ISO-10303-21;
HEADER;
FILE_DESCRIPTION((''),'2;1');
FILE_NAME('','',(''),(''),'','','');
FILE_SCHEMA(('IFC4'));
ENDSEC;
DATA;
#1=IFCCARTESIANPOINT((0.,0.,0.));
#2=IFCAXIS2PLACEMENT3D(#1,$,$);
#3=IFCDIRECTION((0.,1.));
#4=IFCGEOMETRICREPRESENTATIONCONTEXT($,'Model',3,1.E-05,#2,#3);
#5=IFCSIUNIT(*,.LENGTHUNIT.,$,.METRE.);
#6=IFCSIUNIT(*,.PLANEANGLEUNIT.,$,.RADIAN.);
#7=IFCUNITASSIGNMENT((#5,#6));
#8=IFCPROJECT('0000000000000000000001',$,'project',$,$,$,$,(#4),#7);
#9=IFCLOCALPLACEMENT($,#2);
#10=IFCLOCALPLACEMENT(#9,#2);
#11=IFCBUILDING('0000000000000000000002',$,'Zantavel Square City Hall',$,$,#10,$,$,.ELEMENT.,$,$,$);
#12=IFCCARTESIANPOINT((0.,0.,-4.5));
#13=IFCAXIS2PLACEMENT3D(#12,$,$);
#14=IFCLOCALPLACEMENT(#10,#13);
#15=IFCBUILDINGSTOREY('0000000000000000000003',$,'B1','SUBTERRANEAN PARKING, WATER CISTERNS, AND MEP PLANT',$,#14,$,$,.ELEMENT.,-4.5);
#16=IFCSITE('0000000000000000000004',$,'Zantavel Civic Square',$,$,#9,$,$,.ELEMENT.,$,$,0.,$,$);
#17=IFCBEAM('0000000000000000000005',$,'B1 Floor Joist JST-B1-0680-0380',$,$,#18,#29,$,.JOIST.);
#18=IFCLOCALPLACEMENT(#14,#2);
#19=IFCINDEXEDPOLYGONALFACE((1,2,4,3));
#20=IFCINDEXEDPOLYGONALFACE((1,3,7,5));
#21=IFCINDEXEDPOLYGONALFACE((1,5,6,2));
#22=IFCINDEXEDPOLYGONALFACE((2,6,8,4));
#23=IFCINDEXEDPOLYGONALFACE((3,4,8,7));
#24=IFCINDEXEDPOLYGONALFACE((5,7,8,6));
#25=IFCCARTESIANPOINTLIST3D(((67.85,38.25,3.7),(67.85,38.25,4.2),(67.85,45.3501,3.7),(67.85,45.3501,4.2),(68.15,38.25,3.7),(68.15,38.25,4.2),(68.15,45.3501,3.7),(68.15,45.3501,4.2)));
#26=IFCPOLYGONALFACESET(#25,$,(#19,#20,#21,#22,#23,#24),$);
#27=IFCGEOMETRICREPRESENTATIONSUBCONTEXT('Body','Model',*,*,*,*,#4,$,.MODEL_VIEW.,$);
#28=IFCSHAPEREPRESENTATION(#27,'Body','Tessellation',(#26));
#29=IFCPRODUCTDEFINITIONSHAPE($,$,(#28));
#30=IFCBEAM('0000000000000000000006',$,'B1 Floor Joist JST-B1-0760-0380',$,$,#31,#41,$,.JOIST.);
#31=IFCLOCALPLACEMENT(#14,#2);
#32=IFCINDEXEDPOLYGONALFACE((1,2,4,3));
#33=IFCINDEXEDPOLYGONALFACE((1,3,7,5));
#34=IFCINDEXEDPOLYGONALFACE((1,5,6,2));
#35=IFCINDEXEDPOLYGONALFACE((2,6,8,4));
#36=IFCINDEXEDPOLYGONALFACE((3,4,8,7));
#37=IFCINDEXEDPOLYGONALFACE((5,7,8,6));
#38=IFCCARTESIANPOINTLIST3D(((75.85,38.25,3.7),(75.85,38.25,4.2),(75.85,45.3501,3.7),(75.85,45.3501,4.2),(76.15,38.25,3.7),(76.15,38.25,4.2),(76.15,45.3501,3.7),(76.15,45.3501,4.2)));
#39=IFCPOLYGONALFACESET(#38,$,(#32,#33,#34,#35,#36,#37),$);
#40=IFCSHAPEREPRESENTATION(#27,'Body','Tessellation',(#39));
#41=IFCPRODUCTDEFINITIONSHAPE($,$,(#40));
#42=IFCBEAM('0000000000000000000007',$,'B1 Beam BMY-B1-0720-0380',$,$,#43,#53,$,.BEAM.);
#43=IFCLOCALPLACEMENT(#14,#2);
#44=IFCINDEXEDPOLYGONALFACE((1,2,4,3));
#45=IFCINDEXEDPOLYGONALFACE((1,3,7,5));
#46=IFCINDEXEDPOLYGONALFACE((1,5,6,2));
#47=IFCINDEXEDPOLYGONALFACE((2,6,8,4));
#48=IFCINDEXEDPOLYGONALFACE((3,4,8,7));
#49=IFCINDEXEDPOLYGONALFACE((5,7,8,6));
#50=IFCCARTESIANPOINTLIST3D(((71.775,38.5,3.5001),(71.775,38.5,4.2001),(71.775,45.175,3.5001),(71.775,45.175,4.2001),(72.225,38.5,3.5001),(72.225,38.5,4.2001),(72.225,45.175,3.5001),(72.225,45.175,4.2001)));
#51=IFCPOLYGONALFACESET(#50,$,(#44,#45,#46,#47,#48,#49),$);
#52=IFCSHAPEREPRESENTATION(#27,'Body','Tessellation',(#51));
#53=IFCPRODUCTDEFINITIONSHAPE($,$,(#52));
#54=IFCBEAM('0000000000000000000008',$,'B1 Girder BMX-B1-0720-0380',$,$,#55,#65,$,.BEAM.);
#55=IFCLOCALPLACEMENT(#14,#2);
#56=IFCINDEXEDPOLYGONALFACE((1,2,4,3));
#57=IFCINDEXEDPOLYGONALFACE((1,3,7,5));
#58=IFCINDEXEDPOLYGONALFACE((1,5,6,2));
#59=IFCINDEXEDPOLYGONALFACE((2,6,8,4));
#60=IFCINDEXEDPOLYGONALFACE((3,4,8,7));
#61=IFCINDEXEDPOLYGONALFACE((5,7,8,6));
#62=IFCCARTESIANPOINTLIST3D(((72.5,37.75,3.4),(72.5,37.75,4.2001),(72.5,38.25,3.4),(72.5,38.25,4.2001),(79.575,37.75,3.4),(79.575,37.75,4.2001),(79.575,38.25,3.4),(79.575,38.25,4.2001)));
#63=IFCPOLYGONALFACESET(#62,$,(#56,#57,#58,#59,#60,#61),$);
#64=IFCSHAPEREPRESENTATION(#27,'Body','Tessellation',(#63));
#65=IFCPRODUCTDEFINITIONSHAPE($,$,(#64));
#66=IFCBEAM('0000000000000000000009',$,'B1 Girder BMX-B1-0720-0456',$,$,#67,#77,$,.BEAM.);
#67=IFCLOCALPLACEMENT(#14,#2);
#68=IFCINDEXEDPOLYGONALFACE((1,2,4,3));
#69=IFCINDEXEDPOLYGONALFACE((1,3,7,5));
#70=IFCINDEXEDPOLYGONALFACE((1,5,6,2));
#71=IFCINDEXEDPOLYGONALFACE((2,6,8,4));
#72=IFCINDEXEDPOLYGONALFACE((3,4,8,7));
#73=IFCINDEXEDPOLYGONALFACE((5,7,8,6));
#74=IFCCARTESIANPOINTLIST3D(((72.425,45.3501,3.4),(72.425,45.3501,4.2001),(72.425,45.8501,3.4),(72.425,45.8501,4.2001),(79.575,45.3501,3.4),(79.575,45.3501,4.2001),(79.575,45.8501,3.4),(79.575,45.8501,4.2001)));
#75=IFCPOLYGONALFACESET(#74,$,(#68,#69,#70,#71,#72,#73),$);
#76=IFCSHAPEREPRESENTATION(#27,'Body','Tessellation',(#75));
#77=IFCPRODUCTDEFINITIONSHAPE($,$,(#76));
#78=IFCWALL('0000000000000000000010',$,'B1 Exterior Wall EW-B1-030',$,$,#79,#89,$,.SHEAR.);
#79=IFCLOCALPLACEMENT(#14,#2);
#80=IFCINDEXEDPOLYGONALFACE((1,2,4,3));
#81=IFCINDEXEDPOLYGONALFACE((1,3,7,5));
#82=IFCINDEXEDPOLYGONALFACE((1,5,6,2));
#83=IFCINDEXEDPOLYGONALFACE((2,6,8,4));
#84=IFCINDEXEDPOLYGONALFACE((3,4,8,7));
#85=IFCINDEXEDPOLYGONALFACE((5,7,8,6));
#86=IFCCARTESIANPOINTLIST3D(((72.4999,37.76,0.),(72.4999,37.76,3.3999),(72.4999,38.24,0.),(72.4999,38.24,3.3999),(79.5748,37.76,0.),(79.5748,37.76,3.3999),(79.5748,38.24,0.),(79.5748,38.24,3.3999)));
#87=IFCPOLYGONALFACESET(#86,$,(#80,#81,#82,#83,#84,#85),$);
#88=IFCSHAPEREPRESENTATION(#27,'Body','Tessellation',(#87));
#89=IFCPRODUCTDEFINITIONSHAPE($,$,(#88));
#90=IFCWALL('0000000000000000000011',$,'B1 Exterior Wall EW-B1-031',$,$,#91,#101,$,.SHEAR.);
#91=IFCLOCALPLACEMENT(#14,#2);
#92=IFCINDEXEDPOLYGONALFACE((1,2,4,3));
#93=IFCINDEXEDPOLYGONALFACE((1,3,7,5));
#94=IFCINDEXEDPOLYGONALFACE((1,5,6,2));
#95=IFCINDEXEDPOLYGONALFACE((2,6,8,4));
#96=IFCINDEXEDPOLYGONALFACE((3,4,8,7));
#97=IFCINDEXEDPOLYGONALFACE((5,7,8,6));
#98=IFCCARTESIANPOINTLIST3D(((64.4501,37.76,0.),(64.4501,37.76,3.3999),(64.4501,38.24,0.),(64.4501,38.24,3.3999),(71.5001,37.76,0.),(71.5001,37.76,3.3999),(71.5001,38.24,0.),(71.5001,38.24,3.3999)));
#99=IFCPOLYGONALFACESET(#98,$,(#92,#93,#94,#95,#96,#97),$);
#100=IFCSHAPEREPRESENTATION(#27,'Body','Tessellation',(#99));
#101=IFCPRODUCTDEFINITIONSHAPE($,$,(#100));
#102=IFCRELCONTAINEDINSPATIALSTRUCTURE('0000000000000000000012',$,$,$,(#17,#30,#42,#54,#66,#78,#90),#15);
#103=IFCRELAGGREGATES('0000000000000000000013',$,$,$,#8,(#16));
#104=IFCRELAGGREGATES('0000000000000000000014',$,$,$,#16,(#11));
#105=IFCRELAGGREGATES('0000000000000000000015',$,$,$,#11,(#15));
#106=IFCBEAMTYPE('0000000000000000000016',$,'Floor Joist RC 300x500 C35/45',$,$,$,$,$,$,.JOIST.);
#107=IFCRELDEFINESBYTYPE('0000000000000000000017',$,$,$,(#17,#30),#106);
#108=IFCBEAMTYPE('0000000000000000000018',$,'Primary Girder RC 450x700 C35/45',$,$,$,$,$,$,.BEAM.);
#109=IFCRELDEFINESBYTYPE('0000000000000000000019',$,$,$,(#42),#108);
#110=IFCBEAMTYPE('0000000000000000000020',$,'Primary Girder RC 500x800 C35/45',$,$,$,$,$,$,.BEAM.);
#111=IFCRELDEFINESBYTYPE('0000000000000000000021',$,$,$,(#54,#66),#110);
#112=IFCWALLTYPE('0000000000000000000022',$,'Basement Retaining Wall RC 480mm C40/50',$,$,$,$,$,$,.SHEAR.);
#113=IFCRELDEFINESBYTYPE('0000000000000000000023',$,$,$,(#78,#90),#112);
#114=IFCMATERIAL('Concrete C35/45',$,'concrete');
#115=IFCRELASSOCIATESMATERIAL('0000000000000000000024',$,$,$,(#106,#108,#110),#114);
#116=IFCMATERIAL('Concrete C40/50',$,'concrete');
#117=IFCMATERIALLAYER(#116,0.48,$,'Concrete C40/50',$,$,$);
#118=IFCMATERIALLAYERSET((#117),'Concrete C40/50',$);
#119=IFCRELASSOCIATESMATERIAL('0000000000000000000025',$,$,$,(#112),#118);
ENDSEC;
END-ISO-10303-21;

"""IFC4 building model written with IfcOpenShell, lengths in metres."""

from ifc_helpers import new_model, si_unit, direction, frame, frame_2d, origin, origin_2d, place, context, subcontext, project, spatial, rectangle, extrude, material, layer, layer_set, material_profile, profile_set, type_object, element, save


model = new_model("IFC4")

# Units and contexts
model_context = context("Model", 3, precision=1e-05, world=origin(), true_north=direction((0.0, 1.0)))
body_context = subcontext(model_context, "Body", "Model", "MODEL_VIEW")
ifc_project = project(units=[si_unit("LENGTHUNIT", "METRE"), si_unit("PLANEANGLEUNIT", "RADIAN")], contexts=[model_context])

# Site, building, storey
site_placement = place(None, origin())
site = spatial("IfcSite", under=ifc_project, at=site_placement, Name="Zantavel Civic Square", CompositionType="ELEMENT", RefElevation=0.0)
building_placement = place(site_placement, origin())
building = spatial("IfcBuilding", under=site, at=building_placement, Name="Zantavel Square City Hall", CompositionType="ELEMENT")
storey_placement = place(building_placement, frame((0.0, 0.0, -4.5)))
storey = spatial("IfcBuildingStorey", under=building, at=storey_placement, Name="B1", Description="SUBTERRANEAN PARKING, WATER CISTERNS, AND MEP PLANT", CompositionType="ELEMENT", Elevation=-4.5)

# Shared definitions
ifc_material_1 = material(Name="Concrete C35/45", Category="concrete")

# Shared definitions
ifc_material_2 = material(Name="Concrete C40/50", Category="concrete")

# Beams
ifc_material_profile_1 = material_profile(ifc_material_1, rectangle(XDim=0.3, YDim=0.5, at=origin_2d()), Name="RC 300x500")
ifc_profile_set_1 = profile_set([ifc_material_profile_1], Name="Concrete C35/45")
beam_type_1 = type_object("IfcBeamType", Name="Floor Joist RC 300x500 C35/45", PredefinedType="JOIST", material=ifc_profile_set_1)
for number, where, z_axis, x_axis, name in (
    (1, (68.0, 38.25, 3.95), (0.0, 1.0, 0.0), (-1.0, 0.0, 0.0), "B1 Floor Joist JST-B1-0680-0380"),
    (2, (76.0, 38.25, 3.95), (0.0, 1.0, 0.0), (-1.0, 0.0, 0.0), "B1 Floor Joist JST-B1-0760-0380"),
):
    element("IfcBeam", number, at=place(storey_placement, frame(where, z_axis=z_axis, x_axis=x_axis)), inside=storey, type_object=beam_type_1, Name=name, PredefinedType="JOIST", context=body_context, shape_type="SweptSolid", body=[
        extrude(rectangle(XDim=0.3, YDim=0.5, at=origin_2d()), origin(), (0.0, 0.0, 1.0), 7.1001),
    ])
ifc_material_profile_2 = material_profile(ifc_material_1, rectangle(XDim=0.45, YDim=0.7, at=origin_2d()), Name="RC 450x700")
ifc_profile_set_2 = profile_set([ifc_material_profile_2], Name="Concrete C35/45")
beam_type_2 = type_object("IfcBeamType", Name="Primary Girder RC 450x700 C35/45", PredefinedType="BEAM", material=ifc_profile_set_2)
beam_1_placement = place(storey_placement, frame((72.0, 38.5, 3.8501), z_axis=(0.0, 1.0, 0.0), x_axis=(-1.0, 0.0, 0.0)))
element("IfcBeam", 3, at=beam_1_placement, inside=storey, type_object=beam_type_2, Name="B1 Beam BMY-B1-0720-0380", PredefinedType="BEAM", context=body_context, shape_type="SweptSolid", body=[
    extrude(rectangle(XDim=0.45, YDim=0.7, at=origin_2d()), origin(), (0.0, 0.0, 1.0), 6.675),
])
ifc_material_profile_3 = material_profile(ifc_material_1, rectangle(XDim=0.5, YDim=0.8, at=origin_2d()), Name="RC 500x800")
ifc_profile_set_3 = profile_set([ifc_material_profile_3], Name="Concrete C35/45")
beam_type_3 = type_object("IfcBeamType", Name="Primary Girder RC 500x800 C35/45", PredefinedType="BEAM", material=ifc_profile_set_3)
beam_2_placement = place(storey_placement, frame((72.5, 38.0, 3.8), z_axis=(1.0, 0.0, 0.0), x_axis=(0.0, 1.0, 0.0)))
element("IfcBeam", 4, at=beam_2_placement, inside=storey, type_object=beam_type_3, Name="B1 Girder BMX-B1-0720-0380", PredefinedType="BEAM", context=body_context, shape_type="SweptSolid", body=[
    extrude(rectangle(XDim=0.5, YDim=0.8, at=origin_2d()), origin(), (0.0, 0.0, 1.0), 7.075),
])
beam_3_placement = place(storey_placement, frame((72.425, 45.6001, 3.8), z_axis=(1.0, 0.0, 0.0), x_axis=(0.0, 1.0, 0.0)))
element("IfcBeam", 5, at=beam_3_placement, inside=storey, type_object=beam_type_3, Name="B1 Girder BMX-B1-0720-0456", PredefinedType="BEAM", context=body_context, shape_type="SweptSolid", body=[
    extrude(rectangle(XDim=0.5, YDim=0.8, at=origin_2d()), origin(), (0.0, 0.0, 1.0), 7.1499),
])

# Walls
ifc_layer_1 = layer(ifc_material_2, 0.48, Name="Concrete C40/50")
ifc_layer_set_1 = layer_set([ifc_layer_1], Name="Concrete C40/50")
wall_type = type_object("IfcWallType", Name="Basement Retaining Wall RC 480mm C40/50", PredefinedType="SHEAR", material=ifc_layer_set_1)
wall_1_placement = place(storey_placement, frame((79.575, 38.0, 0.0), z_axis=(0.0, 0.0, 1.0), x_axis=(-1.0, 0.0, 0.0)))
element("IfcWall", 6, at=wall_1_placement, inside=storey, type_object=wall_type, Name="B1 Exterior Wall EW-B1-030", PredefinedType="SHEAR", context=body_context, shape_type="SweptSolid", body=[
    extrude(rectangle(XDim=7.075, YDim=0.48, at=frame_2d((3.5376, 0.0))), origin(), (0.0, 0.0, 1.0), 3.3999),
])
wall_2_placement = place(storey_placement, frame((71.5, 38.0, 0.0), z_axis=(0.0, 0.0, 1.0), x_axis=(-1.0, 0.0, 0.0)))
element("IfcWall", 7, at=wall_2_placement, inside=storey, type_object=wall_type, Name="B1 Exterior Wall EW-B1-031", PredefinedType="SHEAR", context=body_context, shape_type="SweptSolid", body=[
    extrude(rectangle(XDim=7.05, YDim=0.48, at=frame_2d((3.5249, 0.0))), origin(), (0.0, 0.0, 1.0), 3.3999),
])

save(model, "model.ifc")
